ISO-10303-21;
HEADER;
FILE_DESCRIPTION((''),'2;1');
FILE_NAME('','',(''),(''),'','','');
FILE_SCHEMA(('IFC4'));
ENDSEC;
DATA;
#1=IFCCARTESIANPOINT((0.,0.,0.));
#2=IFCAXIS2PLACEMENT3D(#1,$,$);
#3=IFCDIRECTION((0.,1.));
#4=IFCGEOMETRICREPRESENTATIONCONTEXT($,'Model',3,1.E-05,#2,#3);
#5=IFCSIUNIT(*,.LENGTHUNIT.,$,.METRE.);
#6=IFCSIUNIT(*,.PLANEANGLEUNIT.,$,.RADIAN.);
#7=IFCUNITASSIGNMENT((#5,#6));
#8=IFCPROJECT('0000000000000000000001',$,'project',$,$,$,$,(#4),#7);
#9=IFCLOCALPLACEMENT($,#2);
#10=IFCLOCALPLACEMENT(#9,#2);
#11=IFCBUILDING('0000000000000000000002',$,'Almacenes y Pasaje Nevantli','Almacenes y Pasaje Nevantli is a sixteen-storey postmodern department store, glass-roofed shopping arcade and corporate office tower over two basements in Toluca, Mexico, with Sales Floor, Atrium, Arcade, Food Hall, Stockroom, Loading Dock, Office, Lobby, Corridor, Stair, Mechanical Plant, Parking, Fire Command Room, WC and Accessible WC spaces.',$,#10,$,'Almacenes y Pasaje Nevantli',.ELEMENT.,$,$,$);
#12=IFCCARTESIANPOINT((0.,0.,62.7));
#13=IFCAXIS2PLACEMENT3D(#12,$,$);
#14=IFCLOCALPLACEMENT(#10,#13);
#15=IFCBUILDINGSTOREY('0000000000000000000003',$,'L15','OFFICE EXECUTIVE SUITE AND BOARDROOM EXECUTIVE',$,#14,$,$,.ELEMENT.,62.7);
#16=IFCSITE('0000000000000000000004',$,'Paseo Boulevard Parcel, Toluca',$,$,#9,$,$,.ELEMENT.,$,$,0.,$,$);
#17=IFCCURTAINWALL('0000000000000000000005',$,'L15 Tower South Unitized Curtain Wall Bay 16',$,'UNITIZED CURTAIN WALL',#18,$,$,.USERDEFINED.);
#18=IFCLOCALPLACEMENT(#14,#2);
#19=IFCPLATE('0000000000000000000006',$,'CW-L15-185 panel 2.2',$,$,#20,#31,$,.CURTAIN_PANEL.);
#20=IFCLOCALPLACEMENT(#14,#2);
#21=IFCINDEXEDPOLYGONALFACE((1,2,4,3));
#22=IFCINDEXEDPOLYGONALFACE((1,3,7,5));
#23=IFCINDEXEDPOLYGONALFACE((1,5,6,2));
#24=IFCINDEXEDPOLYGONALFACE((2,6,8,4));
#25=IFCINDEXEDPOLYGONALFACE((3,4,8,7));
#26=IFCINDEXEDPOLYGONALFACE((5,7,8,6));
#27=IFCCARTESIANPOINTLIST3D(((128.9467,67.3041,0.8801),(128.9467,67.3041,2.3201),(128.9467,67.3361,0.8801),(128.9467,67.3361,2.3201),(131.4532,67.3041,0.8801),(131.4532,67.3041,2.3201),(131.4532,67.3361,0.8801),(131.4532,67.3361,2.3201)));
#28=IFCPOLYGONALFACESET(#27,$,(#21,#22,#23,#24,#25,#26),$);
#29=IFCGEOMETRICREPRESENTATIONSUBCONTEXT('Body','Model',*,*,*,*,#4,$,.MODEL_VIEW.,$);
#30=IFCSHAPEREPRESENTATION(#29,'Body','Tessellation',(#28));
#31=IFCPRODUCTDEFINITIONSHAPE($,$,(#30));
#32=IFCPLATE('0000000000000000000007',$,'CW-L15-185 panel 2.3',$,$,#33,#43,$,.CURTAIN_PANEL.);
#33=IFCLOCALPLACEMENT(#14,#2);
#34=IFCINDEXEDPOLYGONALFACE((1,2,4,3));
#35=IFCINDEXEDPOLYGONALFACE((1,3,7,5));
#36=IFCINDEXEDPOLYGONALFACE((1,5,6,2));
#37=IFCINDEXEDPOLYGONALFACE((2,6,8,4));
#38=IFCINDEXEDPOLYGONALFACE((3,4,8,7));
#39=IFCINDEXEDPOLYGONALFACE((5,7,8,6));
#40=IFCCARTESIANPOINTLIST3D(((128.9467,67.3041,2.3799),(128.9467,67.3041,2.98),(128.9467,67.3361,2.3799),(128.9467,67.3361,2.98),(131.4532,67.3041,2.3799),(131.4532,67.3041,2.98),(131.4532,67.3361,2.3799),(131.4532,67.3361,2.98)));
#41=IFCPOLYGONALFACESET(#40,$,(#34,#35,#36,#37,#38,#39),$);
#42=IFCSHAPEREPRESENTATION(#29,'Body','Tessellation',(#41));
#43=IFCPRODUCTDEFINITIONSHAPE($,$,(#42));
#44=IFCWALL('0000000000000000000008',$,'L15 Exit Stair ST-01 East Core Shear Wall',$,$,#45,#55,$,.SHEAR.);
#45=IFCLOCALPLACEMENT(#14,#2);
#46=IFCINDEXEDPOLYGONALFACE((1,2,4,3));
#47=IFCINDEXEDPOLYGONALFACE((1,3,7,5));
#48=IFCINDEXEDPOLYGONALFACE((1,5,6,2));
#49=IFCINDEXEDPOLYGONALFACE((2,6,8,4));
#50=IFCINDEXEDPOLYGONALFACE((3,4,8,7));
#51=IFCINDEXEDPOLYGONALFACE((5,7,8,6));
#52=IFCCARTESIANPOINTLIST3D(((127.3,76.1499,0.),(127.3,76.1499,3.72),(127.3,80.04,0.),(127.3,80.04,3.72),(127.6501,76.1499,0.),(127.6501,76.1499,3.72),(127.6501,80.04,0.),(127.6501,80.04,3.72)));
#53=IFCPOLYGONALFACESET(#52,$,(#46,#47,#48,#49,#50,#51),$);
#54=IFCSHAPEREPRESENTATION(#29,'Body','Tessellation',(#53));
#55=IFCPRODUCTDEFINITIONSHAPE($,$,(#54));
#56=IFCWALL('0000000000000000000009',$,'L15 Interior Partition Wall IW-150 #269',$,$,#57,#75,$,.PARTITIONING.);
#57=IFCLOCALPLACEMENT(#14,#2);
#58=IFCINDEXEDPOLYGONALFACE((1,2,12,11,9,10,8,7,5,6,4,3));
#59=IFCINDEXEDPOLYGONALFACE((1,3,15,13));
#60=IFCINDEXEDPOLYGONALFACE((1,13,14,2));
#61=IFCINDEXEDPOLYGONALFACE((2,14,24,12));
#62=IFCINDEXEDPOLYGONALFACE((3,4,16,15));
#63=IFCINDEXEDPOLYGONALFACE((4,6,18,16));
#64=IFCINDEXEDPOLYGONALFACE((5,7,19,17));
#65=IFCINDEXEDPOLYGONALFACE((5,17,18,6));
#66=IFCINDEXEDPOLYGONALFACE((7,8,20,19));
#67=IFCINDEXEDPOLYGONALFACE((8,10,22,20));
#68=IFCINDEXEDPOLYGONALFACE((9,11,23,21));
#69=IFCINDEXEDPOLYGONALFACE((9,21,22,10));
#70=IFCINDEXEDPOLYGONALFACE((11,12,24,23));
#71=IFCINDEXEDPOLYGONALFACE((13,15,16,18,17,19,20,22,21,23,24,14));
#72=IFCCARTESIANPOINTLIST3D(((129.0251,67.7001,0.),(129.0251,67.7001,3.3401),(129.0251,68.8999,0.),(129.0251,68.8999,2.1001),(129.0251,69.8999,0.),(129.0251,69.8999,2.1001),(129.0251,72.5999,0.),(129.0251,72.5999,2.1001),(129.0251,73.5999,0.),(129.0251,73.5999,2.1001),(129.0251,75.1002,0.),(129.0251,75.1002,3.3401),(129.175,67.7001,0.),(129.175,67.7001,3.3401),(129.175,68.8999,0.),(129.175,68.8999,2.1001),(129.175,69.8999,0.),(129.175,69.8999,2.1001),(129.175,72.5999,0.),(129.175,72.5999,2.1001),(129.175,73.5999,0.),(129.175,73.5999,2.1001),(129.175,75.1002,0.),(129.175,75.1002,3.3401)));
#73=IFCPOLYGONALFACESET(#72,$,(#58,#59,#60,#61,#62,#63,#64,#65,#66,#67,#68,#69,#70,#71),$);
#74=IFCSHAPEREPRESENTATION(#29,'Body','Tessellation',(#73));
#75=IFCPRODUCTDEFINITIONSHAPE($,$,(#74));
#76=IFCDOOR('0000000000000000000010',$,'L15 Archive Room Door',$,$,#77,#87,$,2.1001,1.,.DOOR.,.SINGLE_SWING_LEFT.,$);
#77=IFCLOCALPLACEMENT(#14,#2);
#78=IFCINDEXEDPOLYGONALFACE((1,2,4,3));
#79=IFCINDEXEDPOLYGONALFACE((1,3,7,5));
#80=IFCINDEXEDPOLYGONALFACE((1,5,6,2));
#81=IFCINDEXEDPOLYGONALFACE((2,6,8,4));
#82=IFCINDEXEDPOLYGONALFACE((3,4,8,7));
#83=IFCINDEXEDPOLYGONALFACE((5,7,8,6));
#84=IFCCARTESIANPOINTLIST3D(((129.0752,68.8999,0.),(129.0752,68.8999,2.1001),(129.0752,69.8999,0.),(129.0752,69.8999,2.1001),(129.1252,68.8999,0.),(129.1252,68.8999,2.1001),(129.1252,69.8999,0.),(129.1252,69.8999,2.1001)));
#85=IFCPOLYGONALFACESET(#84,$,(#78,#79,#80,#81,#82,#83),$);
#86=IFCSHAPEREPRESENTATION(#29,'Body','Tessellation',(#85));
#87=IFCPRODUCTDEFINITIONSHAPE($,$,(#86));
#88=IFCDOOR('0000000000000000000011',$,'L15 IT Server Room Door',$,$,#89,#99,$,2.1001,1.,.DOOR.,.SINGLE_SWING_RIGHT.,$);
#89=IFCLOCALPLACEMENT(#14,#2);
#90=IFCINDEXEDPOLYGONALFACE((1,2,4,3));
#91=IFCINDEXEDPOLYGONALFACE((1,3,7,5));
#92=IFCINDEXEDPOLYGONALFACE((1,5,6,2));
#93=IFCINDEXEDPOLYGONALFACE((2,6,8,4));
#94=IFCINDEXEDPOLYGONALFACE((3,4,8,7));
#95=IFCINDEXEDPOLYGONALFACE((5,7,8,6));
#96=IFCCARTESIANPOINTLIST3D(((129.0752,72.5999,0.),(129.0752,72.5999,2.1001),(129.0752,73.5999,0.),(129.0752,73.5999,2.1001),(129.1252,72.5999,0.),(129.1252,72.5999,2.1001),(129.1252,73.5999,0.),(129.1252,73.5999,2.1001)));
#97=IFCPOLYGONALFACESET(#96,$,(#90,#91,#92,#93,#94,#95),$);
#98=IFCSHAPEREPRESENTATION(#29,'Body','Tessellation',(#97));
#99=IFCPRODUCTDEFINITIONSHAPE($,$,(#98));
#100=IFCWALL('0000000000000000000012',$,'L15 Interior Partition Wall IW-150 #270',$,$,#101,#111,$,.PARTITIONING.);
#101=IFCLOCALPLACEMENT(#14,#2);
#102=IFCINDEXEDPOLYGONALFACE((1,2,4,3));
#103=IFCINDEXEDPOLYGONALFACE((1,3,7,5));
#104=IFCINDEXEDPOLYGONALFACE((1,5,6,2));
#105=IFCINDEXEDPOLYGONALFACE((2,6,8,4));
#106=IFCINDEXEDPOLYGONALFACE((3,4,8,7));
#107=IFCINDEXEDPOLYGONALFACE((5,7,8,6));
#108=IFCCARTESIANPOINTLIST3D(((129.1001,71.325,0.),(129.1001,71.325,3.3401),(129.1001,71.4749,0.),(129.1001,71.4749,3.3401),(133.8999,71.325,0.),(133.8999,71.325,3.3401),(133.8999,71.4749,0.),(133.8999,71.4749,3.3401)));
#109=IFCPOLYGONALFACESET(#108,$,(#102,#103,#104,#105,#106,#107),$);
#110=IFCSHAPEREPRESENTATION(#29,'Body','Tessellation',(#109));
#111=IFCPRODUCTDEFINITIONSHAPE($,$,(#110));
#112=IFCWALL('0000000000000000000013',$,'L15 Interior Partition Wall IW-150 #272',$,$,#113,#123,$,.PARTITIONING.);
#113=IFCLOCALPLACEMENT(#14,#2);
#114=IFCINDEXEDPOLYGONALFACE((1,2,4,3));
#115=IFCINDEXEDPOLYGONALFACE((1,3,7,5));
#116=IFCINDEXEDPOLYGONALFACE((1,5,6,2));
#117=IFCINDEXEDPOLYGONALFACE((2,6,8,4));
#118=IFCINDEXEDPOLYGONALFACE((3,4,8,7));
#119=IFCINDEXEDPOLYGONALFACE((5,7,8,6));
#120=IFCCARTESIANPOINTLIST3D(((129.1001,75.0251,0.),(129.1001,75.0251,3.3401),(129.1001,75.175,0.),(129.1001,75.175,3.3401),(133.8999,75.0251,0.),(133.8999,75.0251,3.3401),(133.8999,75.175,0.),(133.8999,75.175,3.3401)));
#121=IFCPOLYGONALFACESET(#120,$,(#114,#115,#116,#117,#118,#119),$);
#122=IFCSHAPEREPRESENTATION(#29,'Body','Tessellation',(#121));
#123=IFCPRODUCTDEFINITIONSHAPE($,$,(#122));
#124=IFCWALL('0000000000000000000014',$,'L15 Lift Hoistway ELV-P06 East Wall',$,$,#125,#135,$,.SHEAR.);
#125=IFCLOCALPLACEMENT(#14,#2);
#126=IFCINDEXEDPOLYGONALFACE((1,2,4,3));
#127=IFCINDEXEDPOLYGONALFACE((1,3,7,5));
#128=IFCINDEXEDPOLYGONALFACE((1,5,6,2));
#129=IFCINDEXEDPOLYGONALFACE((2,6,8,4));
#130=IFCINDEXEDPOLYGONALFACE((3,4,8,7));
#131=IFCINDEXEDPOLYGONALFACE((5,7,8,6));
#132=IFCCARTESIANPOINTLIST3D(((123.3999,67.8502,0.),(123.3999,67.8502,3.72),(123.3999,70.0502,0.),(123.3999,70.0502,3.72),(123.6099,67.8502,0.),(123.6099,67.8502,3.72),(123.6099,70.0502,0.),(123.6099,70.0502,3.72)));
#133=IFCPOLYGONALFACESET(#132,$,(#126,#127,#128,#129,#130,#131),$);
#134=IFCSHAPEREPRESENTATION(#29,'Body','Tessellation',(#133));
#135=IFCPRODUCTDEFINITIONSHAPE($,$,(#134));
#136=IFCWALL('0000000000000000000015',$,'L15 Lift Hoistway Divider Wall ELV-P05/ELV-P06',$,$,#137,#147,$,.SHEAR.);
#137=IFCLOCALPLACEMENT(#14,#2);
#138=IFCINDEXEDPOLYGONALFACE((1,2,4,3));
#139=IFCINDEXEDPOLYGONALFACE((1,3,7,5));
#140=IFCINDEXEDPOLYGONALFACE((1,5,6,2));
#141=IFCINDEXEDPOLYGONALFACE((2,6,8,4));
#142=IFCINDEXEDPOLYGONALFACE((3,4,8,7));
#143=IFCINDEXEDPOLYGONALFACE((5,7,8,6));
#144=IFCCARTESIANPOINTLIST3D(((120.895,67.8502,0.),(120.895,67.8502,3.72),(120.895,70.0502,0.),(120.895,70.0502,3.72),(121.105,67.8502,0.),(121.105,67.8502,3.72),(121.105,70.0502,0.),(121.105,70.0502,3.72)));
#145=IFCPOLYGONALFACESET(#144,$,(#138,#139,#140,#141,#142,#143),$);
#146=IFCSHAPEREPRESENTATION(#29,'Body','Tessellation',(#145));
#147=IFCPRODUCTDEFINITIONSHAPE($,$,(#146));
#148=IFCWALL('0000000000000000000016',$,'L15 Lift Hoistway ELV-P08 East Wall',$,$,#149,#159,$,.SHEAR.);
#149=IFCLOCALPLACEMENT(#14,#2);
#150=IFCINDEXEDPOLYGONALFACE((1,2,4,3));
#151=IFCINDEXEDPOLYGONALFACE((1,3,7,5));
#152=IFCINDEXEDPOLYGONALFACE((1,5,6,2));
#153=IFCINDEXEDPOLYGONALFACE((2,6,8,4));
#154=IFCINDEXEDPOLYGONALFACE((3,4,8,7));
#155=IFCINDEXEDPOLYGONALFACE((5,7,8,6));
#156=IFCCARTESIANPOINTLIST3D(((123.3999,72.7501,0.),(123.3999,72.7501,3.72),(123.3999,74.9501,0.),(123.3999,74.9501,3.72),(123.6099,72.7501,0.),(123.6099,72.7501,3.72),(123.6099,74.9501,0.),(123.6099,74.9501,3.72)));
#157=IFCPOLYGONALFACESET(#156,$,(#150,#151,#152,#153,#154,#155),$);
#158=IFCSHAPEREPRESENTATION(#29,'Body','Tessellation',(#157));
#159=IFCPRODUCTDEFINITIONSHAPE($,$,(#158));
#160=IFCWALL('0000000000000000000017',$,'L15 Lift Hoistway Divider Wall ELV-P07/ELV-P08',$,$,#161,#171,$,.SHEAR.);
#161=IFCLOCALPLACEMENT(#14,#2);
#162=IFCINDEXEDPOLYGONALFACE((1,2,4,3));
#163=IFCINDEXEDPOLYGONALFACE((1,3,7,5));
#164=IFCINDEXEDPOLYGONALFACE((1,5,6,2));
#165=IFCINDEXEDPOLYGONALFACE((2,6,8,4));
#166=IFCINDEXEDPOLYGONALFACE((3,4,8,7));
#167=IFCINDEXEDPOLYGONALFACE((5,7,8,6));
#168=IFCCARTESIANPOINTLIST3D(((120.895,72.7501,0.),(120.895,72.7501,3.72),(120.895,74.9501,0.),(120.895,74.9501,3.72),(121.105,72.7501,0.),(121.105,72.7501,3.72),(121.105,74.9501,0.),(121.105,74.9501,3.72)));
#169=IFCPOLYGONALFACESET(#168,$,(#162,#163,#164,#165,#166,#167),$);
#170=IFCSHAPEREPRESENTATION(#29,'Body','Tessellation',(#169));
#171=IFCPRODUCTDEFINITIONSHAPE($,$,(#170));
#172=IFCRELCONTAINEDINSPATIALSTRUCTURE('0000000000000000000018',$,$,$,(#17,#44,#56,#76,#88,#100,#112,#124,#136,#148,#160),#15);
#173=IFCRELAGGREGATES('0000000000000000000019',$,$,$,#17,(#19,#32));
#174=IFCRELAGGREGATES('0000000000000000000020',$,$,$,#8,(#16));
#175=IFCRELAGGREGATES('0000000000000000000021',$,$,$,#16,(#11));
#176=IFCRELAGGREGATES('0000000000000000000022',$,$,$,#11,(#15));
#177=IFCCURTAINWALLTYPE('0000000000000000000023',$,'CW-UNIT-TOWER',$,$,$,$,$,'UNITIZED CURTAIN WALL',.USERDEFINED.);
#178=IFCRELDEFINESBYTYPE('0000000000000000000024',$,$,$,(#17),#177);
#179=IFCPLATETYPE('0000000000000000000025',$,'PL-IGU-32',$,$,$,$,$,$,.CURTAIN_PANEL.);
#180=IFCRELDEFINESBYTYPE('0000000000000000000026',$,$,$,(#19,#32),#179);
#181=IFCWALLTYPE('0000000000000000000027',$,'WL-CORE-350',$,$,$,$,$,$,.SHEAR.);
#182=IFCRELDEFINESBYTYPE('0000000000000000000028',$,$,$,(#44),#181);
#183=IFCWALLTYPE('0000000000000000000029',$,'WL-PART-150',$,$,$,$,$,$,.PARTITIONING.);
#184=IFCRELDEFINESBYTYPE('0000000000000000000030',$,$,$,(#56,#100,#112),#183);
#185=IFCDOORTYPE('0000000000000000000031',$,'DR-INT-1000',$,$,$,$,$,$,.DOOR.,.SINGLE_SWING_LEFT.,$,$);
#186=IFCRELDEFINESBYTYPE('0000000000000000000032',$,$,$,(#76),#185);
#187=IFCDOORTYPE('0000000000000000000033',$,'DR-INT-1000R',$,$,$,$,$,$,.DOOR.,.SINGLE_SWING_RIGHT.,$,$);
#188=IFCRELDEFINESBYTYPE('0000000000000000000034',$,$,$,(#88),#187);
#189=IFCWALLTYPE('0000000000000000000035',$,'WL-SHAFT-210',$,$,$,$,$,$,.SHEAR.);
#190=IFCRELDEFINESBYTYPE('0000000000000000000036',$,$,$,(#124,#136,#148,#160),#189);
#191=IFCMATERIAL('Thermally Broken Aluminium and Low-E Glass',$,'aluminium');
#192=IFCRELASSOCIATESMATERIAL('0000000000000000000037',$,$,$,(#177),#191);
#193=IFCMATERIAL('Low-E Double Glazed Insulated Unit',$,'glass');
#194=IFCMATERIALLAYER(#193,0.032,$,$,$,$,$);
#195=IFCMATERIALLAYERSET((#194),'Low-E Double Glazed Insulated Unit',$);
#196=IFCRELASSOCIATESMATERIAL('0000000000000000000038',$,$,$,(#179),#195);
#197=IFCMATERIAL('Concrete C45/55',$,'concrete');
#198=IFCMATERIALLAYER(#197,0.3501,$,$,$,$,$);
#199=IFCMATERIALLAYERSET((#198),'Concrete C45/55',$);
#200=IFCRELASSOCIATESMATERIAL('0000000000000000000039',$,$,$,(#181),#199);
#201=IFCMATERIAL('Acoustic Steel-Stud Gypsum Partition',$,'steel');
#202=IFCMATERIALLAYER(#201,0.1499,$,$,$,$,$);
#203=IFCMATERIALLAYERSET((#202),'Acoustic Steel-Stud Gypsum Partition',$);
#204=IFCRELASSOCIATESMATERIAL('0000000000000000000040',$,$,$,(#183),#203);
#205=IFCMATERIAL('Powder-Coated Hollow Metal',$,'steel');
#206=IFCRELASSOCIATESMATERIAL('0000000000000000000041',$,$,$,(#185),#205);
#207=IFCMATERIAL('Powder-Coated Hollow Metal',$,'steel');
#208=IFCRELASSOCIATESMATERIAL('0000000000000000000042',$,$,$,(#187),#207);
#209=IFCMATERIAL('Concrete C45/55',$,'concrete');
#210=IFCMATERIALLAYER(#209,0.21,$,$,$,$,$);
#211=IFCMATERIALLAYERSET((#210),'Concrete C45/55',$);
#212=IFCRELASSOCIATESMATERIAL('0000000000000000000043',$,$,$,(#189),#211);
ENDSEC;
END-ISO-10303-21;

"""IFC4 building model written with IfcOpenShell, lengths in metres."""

from ifc_helpers import new_model, si_unit, direction, frame, frame_2d, origin, origin_2d, place, context, subcontext, project, spatial, rectangle, extrude, material, layer, layer_set, type_object, element, fill, aggregate, save


model = new_model("IFC4")

# Units and contexts
model_context = context("Model", 3, precision=1e-05, world=origin(), true_north=direction((0.0, 1.0)))
body_context = subcontext(model_context, "Body", "Model", "MODEL_VIEW")
ifc_project = project(units=[si_unit("LENGTHUNIT", "METRE"), si_unit("PLANEANGLEUNIT", "RADIAN")], contexts=[model_context])

# Site, building, storey
site_placement = place(None, origin())
site = spatial("IfcSite", under=ifc_project, at=site_placement, Name="Paseo Boulevard Parcel, Toluca", CompositionType="ELEMENT", RefElevation=0.0)
building_placement = place(site_placement, origin())
building = spatial("IfcBuilding", under=site, at=building_placement, Name="Almacenes y Pasaje Nevantli", Description="Almacenes y Pasaje Nevantli is a sixteen-storey postmodern department store, glass-roofed shopping arcade and corporate office tower over two basements in Toluca, Mexico, with Sales Floor, Atrium, Arcade, Food Hall, Stockroom, Loading Dock, Office, Lobby, Corridor, Stair, Mechanical Plant, Parking, Fire Command Room, WC and Accessible WC spaces.", LongName="Almacenes y Pasaje Nevantli", CompositionType="ELEMENT")
storey_placement = place(building_placement, frame((0.0, 0.0, 62.7)))
storey = spatial("IfcBuildingStorey", under=building, at=storey_placement, Name="L15", Description="OFFICE EXECUTIVE SUITE AND BOARDROOM EXECUTIVE", CompositionType="ELEMENT", Elevation=62.7)

# Curtain wall, plates
ifc_material_1 = material(Name="Thermally Broken Aluminium and Low-E Glass", Category="aluminium")
curtain_wall_type = type_object("IfcCurtainWallType", Name="CW-UNIT-TOWER", ElementType="UNITIZED CURTAIN WALL", PredefinedType="USERDEFINED", material=ifc_material_1)
curtain_wall_placement = place(storey_placement, origin())
curtain_wall = element("IfcCurtainWall", 1, at=curtain_wall_placement, inside=storey, type_object=curtain_wall_type, Name="L15 Tower South Unitized Curtain Wall Bay 16", ObjectType="UNITIZED CURTAIN WALL", PredefinedType="USERDEFINED")
ifc_material_2 = material(Name="Low-E Double Glazed Insulated Unit", Category="glass")
ifc_layer_1 = layer(ifc_material_2, 0.032)
ifc_layer_set_1 = layer_set([ifc_layer_1], Name="Low-E Double Glazed Insulated Unit")
plate_type = type_object("IfcPlateType", Name="PL-IGU-32", PredefinedType="CURTAIN_PANEL", material=ifc_layer_set_1)
plate_1_placement = place(storey_placement, frame((130.2, 67.3201, 0.8801), z_axis=(0.0, 0.0, 1.0), x_axis=(1.0, 0.0, 0.0)))
plate_1 = element("IfcPlate", 2, at=plate_1_placement, type_object=plate_type, Name="CW-L15-185 panel 2.2", PredefinedType="CURTAIN_PANEL", context=body_context, shape_type="SweptSolid", body=[
    extrude(rectangle(XDim=2.5066, YDim=0.032, at=origin_2d()), origin(), (0.0, 0.0, 1.0), 1.4399),
])
plate_2_placement = place(storey_placement, frame((130.2, 67.3201, 2.3799), z_axis=(0.0, 0.0, 1.0), x_axis=(1.0, 0.0, 0.0)))
plate_2 = element("IfcPlate", 3, at=plate_2_placement, type_object=plate_type, Name="CW-L15-185 panel 2.3", PredefinedType="CURTAIN_PANEL", context=body_context, shape_type="SweptSolid", body=[
    extrude(rectangle(XDim=2.5066, YDim=0.032, at=origin_2d()), origin(), (0.0, 0.0, 1.0), 0.6001),
])
aggregate(curtain_wall, [plate_1, plate_2])

# Wall
ifc_material_3 = material(Name="Concrete C45/55", Category="concrete")
ifc_layer_2 = layer(ifc_material_3, 0.3501)
ifc_layer_set_2 = layer_set([ifc_layer_2], Name="Concrete C45/55")
wall_type_1 = type_object("IfcWallType", Name="WL-CORE-350", PredefinedType="SHEAR", material=ifc_layer_set_2)
wall_1_placement = place(storey_placement, frame((127.4751, 76.1499, 0.0), z_axis=(0.0, 0.0, 1.0), x_axis=(0.0, 1.0, 0.0)))
element("IfcWall", 4, at=wall_1_placement, inside=storey, type_object=wall_type_1, Name="L15 Exit Stair ST-01 East Core Shear Wall", PredefinedType="SHEAR", context=body_context, shape_type="SweptSolid", body=[
    extrude(rectangle(XDim=3.8901, YDim=0.3501, at=frame_2d((1.9451, 0.0))), origin(), (0.0, 0.0, 1.0), 3.72),
])

# Wall, openings, doors
ifc_material_4 = material(Name="Acoustic Steel-Stud Gypsum Partition", Category="steel")
ifc_layer_3 = layer(ifc_material_4, 0.1499)
ifc_layer_set_3 = layer_set([ifc_layer_3], Name="Acoustic Steel-Stud Gypsum Partition")
wall_type_2 = type_object("IfcWallType", Name="WL-PART-150", PredefinedType="PARTITIONING", material=ifc_layer_set_3)
wall_2_placement = place(storey_placement, frame((129.1001, 67.7, 0.0), z_axis=(0.0, 0.0, 1.0), x_axis=(0.0, 1.0, 0.0)))
wall_2 = element("IfcWall", 5, at=wall_2_placement, inside=storey, type_object=wall_type_2, Name="L15 Interior Partition Wall IW-150 #269", PredefinedType="PARTITIONING", context=body_context, shape_type="SweptSolid", body=[
    extrude(rectangle(XDim=7.4001, YDim=0.1499, at=frame_2d((3.7002, 0.0))), origin(), (0.0, 0.0, 1.0), 3.3401),
])
opening_1_placement = place(wall_2_placement, frame((1.2, 0.0, 0.0)))
opening_1 = element("IfcOpeningElement", 6, at=opening_1_placement, cuts=wall_2, PredefinedType="OPENING", context=body_context, shape_type="SweptSolid", body=[
    extrude(rectangle(XDim=1.0, YDim=2.1001, at=frame_2d((0.5, 1.05))), frame((0.0, 0.085, 0.0), z_axis=(0.0, -1.0, 0.0), x_axis=(1.0, 0.0, 0.0)), (0.0, 0.0, 1.0), 0.1699),
])
opening_2_placement = place(wall_2_placement, frame((4.8999, 0.0, 0.0)))
opening_2 = element("IfcOpeningElement", 7, at=opening_2_placement, cuts=wall_2, PredefinedType="OPENING", context=body_context, shape_type="SweptSolid", body=[
    extrude(rectangle(XDim=1.0, YDim=2.1001, at=frame_2d((0.5, 1.05))), frame((0.0, 0.085, 0.0), z_axis=(0.0, -1.0, 0.0), x_axis=(1.0, 0.0, 0.0)), (0.0, 0.0, 1.0), 0.1699),
])
ifc_material_5 = material(Name="Powder-Coated Hollow Metal", Category="steel")
door_type_1 = type_object("IfcDoorType", Name="DR-INT-1000", OperationType="SINGLE_SWING_LEFT", PredefinedType="DOOR", material=ifc_material_5)
door_1_placement = place(opening_1_placement, origin())
door_1 = element("IfcDoor", 8, at=door_1_placement, inside=storey, type_object=door_type_1, Name="L15 Archive Room Door", OperationType="SINGLE_SWING_LEFT", OverallHeight=2.1001, OverallWidth=1.0, PredefinedType="DOOR", context=body_context, shape_type="SweptSolid", body=[
    extrude(rectangle(XDim=1.0, YDim=2.1001, at=frame_2d((0.5, 1.05))), frame((0.0, 0.0249, 0.0), z_axis=(0.0, -1.0, 0.0), x_axis=(1.0, 0.0, 0.0)), (0.0, 0.0, 1.0), 0.05),
])
fill(opening_1, door_1)
ifc_material_6 = material(Name="Powder-Coated Hollow Metal", Category="steel")
door_type_2 = type_object("IfcDoorType", Name="DR-INT-1000R", OperationType="SINGLE_SWING_RIGHT", PredefinedType="DOOR", material=ifc_material_6)
door_2_placement = place(opening_2_placement, origin())
door_2 = element("IfcDoor", 9, at=door_2_placement, inside=storey, type_object=door_type_2, Name="L15 IT Server Room Door", OperationType="SINGLE_SWING_RIGHT", OverallHeight=2.1001, OverallWidth=1.0, PredefinedType="DOOR", context=body_context, shape_type="SweptSolid", body=[
    extrude(rectangle(XDim=1.0, YDim=2.1001, at=frame_2d((0.5, 1.05))), frame((0.0, 0.0249, 0.0), z_axis=(0.0, -1.0, 0.0), x_axis=(1.0, 0.0, 0.0)), (0.0, 0.0, 1.0), 0.05),
])
fill(opening_2, door_2)

# Walls
for number, where, z_axis, x_axis, name in (
    (10, (129.1001, 71.3999, 0.0), (0.0, 0.0, 1.0), (1.0, 0.0, 0.0), "L15 Interior Partition Wall IW-150 #270"),
    (11, (129.1001, 75.1001, 0.0), (0.0, 0.0, 1.0), (1.0, 0.0, 0.0), "L15 Interior Partition Wall IW-150 #272"),
):
    element("IfcWall", number, at=place(storey_placement, frame(where, z_axis=z_axis, x_axis=x_axis)), inside=storey, type_object=wall_type_2, Name=name, PredefinedType="PARTITIONING", context=body_context, shape_type="SweptSolid", body=[
        extrude(rectangle(XDim=4.7998, YDim=0.1499, at=frame_2d((2.3999, 0.0))), origin(), (0.0, 0.0, 1.0), 3.3401),
    ])
ifc_material_7 = material(Name="Concrete C45/55", Category="concrete")
ifc_layer_4 = layer(ifc_material_7, 0.21)
ifc_layer_set_4 = layer_set([ifc_layer_4], Name="Concrete C45/55")
wall_type_3 = type_object("IfcWallType", Name="WL-SHAFT-210", PredefinedType="SHEAR", material=ifc_layer_set_4)
for number, where, z_axis, x_axis, name in (
    (12, (123.5049, 67.8501, 0.0), (0.0, 0.0, 1.0), (0.0, 1.0, 0.0), "L15 Lift Hoistway ELV-P06 East Wall"),
    (13, (121.0, 67.8501, 0.0), (0.0, 0.0, 1.0), (0.0, 1.0, 0.0), "L15 Lift Hoistway Divider Wall ELV-P05/ELV-P06"),
    (14, (123.5049, 72.75, 0.0), (0.0, 0.0, 1.0), (0.0, 1.0, 0.0), "L15 Lift Hoistway ELV-P08 East Wall"),
    (15, (121.0, 72.75, 0.0), (0.0, 0.0, 1.0), (0.0, 1.0, 0.0), "L15 Lift Hoistway Divider Wall ELV-P07/ELV-P08"),
):
    element("IfcWall", number, at=place(storey_placement, frame(where, z_axis=z_axis, x_axis=x_axis)), inside=storey, type_object=wall_type_3, Name=name, PredefinedType="SHEAR", context=body_context, shape_type="SweptSolid", body=[
        extrude(rectangle(XDim=2.2, YDim=0.21, at=frame_2d((1.1001, 0.0))), origin(), (0.0, 0.0, 1.0), 3.72),
    ])

save(model, "model.ifc")
